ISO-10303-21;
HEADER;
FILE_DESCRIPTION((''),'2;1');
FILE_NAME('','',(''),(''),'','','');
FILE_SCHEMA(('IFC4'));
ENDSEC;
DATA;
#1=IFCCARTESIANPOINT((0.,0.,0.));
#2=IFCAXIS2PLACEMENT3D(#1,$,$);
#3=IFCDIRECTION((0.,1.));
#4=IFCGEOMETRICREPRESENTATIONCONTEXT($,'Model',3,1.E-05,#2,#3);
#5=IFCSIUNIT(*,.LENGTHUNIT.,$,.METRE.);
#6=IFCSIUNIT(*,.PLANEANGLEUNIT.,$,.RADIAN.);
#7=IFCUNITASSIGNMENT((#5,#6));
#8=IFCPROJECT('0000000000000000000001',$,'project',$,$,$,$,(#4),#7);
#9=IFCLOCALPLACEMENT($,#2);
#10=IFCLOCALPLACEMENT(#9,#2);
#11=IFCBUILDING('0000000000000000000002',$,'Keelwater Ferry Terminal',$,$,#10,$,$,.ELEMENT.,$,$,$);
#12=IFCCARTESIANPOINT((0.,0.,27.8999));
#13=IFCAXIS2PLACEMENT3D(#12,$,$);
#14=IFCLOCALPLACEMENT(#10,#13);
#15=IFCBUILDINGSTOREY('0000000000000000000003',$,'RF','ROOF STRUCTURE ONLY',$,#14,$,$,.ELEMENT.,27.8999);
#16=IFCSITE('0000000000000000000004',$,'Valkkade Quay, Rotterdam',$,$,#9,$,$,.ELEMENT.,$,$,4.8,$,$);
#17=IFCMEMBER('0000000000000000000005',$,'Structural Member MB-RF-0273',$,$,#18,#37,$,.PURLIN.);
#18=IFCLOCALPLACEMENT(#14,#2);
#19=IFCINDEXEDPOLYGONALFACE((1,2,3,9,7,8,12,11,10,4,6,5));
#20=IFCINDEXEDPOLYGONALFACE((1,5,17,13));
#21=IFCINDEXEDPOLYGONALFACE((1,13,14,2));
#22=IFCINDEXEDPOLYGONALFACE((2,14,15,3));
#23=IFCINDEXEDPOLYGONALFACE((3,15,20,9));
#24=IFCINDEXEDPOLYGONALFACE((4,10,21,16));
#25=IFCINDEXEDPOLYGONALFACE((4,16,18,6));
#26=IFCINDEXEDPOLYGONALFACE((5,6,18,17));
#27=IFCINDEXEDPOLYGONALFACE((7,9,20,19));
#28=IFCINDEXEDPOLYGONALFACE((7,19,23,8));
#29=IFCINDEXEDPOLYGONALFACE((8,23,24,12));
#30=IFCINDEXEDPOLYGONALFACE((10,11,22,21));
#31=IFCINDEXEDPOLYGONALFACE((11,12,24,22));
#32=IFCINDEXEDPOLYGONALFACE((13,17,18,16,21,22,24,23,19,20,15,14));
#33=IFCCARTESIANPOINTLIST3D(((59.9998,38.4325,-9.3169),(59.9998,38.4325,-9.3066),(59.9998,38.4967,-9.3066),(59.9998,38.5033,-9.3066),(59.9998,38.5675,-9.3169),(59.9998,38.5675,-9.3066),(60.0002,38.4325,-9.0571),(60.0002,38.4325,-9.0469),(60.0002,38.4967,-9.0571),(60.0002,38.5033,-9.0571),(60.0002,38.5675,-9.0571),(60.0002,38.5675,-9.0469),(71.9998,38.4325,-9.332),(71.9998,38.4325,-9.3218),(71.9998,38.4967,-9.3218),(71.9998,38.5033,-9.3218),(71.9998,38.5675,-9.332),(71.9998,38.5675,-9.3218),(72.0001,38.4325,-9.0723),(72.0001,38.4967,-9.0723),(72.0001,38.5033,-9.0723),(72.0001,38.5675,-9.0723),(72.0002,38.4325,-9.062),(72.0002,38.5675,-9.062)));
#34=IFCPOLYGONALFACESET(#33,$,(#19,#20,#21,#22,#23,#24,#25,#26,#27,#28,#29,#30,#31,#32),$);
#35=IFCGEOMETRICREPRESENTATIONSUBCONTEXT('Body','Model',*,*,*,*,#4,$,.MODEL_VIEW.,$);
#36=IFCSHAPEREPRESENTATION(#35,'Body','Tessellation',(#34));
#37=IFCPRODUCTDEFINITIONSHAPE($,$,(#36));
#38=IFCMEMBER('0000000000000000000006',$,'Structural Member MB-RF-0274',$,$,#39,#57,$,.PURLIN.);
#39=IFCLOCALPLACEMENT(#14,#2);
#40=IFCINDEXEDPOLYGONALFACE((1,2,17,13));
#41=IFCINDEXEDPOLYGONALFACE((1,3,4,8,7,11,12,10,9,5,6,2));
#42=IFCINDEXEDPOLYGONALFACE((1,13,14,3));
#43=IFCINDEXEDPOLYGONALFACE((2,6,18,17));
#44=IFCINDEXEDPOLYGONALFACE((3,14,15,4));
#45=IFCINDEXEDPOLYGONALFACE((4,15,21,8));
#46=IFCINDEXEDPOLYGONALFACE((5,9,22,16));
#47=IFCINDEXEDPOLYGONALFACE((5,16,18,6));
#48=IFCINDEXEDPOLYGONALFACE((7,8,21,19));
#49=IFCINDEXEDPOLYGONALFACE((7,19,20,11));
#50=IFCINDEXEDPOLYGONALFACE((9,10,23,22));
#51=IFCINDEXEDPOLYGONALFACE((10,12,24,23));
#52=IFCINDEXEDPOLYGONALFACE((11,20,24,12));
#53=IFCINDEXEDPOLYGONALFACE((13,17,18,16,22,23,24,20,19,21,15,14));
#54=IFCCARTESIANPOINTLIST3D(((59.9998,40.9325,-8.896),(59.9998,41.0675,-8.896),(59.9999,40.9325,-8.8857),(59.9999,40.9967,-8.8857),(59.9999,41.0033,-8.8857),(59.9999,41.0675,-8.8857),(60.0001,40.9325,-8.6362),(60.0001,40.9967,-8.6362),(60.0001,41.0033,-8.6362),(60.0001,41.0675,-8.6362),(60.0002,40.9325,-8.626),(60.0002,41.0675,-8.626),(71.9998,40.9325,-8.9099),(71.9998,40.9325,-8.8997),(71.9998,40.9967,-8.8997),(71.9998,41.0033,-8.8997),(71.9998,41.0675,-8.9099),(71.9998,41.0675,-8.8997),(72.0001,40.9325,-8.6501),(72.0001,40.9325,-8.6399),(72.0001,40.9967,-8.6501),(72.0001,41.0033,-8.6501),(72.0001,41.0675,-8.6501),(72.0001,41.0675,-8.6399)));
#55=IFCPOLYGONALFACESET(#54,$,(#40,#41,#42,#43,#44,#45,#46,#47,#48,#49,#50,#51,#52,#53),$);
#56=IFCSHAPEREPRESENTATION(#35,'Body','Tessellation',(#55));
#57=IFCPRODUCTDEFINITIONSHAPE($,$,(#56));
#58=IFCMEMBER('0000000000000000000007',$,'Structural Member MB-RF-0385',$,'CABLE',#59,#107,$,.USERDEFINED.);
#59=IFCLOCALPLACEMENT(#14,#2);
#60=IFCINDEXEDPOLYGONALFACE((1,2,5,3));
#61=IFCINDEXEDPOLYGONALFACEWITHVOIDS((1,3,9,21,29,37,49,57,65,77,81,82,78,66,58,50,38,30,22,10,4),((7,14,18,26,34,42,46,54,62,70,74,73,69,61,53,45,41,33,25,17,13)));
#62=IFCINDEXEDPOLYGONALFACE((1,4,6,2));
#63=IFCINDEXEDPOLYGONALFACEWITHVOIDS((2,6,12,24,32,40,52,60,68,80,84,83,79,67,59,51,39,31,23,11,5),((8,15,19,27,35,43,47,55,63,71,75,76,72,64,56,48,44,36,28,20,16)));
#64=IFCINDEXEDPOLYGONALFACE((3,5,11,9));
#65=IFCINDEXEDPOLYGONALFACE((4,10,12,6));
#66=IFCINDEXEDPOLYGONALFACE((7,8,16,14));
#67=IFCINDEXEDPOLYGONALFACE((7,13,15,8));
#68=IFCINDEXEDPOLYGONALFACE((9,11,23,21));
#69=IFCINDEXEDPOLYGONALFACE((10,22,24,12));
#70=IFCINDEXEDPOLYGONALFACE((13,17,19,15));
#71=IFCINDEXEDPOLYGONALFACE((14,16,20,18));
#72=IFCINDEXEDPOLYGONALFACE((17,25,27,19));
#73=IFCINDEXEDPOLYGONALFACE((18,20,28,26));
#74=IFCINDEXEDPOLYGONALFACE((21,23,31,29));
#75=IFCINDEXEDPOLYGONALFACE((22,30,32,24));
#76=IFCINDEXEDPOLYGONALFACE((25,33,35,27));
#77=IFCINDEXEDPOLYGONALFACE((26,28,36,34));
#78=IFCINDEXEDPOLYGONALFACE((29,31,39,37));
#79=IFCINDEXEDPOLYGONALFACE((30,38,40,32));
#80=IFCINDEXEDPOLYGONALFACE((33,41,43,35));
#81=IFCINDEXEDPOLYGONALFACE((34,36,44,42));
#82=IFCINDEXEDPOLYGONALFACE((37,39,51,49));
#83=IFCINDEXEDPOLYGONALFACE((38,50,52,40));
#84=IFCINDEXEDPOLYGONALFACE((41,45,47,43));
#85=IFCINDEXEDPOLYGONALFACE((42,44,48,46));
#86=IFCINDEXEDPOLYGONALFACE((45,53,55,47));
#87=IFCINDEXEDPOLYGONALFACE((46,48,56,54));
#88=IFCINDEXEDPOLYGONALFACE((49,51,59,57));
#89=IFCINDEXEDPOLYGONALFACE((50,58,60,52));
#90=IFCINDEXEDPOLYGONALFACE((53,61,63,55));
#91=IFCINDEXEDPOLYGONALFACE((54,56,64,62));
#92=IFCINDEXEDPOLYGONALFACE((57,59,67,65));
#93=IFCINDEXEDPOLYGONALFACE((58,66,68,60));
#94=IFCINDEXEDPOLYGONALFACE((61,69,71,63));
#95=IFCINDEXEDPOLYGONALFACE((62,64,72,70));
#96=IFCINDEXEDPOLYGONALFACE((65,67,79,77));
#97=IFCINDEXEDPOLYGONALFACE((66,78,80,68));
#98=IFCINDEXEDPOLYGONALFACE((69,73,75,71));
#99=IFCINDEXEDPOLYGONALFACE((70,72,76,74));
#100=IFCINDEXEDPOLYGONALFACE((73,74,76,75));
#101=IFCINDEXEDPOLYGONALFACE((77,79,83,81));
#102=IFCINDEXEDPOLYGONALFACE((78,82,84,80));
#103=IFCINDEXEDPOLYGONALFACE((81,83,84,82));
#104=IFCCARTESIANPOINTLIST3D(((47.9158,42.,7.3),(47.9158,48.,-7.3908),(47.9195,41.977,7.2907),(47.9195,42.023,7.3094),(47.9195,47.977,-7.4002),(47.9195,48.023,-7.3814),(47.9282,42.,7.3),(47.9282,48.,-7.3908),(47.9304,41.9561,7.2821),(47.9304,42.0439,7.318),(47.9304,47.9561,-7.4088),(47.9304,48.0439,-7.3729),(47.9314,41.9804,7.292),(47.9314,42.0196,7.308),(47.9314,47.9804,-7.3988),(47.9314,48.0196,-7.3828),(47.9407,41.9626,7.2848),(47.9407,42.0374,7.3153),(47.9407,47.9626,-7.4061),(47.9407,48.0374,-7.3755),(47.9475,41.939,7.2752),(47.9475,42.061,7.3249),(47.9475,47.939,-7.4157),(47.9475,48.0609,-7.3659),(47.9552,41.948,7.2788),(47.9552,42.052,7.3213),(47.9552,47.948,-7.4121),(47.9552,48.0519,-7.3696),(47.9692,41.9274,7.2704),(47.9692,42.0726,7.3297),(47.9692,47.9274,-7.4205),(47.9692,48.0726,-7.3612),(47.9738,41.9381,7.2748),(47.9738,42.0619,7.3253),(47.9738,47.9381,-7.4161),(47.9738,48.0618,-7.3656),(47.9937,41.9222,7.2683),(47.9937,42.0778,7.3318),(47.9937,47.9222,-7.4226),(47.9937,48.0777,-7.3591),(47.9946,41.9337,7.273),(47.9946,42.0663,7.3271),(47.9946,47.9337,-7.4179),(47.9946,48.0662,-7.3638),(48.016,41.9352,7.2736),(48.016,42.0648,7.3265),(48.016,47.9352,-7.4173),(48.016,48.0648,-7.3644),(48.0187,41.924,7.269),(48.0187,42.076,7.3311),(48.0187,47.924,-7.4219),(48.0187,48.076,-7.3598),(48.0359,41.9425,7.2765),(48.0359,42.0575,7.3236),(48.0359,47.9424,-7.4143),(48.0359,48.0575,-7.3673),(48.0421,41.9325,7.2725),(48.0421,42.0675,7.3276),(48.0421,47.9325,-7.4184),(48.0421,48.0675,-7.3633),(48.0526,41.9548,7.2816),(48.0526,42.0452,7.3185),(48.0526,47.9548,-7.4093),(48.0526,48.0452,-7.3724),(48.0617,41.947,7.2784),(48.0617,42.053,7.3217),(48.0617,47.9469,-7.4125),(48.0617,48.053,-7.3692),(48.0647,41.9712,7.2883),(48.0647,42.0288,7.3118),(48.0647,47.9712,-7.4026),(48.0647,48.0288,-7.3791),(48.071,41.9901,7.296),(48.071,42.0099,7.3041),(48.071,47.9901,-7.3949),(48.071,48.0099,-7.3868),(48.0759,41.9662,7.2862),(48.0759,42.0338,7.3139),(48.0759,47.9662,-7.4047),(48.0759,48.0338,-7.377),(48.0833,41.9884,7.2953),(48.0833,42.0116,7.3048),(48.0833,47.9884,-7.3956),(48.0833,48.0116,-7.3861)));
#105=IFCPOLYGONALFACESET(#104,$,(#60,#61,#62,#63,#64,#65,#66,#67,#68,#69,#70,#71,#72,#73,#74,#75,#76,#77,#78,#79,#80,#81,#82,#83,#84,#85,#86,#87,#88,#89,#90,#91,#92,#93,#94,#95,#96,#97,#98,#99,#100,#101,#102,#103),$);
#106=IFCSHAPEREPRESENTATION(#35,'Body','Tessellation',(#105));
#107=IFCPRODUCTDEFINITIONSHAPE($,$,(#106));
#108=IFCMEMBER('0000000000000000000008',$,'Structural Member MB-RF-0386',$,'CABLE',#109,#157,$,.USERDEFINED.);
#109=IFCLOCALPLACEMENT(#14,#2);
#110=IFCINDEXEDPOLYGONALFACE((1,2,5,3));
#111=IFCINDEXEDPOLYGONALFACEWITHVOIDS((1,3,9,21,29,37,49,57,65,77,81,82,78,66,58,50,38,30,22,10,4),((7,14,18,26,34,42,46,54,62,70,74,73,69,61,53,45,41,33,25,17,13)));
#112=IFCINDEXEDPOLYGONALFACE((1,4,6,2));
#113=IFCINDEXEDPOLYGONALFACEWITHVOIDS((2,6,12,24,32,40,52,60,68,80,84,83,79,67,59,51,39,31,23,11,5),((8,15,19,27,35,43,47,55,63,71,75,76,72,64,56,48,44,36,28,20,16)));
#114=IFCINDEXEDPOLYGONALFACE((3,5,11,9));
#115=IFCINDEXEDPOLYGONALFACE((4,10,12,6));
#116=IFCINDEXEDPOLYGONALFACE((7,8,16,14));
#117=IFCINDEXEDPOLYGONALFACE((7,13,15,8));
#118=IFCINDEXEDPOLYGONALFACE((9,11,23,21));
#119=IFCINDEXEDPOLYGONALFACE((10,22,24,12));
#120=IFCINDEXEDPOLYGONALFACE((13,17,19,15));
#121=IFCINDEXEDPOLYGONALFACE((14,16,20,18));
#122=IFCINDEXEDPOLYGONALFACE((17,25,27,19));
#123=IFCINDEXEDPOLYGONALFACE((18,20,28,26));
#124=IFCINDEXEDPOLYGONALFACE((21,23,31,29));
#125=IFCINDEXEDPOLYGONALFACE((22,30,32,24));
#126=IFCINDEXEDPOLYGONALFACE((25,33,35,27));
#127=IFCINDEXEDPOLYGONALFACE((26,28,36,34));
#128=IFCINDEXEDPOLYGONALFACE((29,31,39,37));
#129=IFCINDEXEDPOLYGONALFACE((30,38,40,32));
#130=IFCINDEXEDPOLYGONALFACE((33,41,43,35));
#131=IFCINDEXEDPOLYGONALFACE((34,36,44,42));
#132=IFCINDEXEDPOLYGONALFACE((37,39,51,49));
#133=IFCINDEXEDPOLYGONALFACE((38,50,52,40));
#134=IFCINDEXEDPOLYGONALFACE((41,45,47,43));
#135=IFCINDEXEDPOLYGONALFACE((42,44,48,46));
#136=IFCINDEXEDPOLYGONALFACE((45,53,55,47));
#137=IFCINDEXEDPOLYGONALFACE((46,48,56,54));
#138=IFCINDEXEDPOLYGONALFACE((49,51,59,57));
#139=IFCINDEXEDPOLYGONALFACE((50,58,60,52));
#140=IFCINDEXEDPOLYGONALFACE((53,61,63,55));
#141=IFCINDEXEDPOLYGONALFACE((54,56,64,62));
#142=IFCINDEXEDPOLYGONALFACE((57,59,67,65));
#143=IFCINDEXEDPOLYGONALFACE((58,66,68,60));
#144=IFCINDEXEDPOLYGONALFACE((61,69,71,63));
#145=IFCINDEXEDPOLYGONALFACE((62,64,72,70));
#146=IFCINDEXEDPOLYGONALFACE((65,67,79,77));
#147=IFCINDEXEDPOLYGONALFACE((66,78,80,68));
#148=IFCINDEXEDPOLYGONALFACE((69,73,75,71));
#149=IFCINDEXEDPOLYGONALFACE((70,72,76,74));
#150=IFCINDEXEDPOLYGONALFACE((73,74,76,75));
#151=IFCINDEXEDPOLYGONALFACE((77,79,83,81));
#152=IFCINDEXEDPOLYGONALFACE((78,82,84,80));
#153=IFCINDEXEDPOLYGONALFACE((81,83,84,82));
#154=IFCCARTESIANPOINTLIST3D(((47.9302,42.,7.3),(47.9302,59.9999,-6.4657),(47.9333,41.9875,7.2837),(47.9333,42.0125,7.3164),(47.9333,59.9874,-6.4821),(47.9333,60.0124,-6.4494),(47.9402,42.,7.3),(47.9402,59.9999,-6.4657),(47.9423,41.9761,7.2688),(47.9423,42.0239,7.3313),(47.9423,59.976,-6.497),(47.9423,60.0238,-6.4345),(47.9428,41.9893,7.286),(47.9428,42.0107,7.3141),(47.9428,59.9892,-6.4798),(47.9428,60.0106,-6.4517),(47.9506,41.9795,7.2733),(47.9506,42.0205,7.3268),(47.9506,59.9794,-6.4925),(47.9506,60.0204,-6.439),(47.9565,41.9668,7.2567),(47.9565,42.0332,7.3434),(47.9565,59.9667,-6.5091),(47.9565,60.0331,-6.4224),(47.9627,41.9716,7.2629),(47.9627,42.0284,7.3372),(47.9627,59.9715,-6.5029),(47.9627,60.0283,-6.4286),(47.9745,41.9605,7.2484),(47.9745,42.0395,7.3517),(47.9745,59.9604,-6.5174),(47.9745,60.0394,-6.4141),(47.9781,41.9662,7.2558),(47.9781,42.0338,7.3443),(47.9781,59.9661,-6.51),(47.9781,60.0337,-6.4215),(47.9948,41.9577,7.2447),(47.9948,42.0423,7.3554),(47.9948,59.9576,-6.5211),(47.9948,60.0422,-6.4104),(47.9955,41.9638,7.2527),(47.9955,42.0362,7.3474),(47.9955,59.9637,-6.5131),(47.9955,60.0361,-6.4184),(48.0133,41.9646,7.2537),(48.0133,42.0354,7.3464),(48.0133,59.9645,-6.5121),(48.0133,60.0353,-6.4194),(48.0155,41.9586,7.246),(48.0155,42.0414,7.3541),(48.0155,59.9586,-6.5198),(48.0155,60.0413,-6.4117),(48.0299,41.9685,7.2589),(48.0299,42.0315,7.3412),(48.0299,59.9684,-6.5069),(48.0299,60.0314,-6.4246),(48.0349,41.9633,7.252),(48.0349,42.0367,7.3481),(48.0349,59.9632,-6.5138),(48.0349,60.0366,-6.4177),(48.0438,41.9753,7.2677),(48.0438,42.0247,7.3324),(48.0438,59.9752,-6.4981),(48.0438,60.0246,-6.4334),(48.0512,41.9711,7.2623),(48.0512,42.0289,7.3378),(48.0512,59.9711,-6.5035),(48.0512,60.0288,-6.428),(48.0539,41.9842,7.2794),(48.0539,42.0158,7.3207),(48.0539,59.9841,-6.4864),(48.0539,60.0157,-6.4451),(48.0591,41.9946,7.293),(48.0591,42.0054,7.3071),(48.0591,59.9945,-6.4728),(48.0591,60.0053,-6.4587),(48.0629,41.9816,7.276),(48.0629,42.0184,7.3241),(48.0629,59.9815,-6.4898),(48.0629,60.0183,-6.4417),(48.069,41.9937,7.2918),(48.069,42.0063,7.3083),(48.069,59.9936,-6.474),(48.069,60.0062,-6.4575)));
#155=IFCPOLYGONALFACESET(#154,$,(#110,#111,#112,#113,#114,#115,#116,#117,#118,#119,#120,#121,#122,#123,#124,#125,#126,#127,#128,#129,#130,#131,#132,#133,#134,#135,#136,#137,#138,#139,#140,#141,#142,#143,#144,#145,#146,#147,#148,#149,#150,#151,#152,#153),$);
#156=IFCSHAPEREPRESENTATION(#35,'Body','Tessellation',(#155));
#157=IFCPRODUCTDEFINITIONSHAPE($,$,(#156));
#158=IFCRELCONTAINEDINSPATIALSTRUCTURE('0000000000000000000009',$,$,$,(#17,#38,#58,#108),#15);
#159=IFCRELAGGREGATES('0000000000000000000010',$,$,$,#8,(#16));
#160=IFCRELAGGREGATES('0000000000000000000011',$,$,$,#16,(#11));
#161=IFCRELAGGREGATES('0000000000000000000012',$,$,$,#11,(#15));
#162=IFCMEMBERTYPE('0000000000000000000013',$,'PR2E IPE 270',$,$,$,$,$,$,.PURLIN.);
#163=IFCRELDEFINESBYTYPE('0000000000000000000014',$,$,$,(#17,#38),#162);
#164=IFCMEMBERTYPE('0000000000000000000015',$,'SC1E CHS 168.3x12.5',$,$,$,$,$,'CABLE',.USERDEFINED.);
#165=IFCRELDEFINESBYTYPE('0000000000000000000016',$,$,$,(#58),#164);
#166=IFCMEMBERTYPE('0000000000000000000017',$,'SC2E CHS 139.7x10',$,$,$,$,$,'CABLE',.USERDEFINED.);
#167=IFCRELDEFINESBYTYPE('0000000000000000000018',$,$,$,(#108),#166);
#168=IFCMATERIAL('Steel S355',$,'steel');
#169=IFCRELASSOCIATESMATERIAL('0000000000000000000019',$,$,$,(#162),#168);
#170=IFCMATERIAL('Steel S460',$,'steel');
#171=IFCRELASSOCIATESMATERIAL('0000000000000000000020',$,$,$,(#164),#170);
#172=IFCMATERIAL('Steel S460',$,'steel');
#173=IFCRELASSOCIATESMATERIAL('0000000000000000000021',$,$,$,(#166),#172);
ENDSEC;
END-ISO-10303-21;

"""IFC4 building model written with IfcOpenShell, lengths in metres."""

from ifc_helpers import new_model, si_unit, direction, frame, origin, origin_2d, place, context, subcontext, project, spatial, hollow_circle, i_section, extrude, material, material_profile, profile_set, type_object, element, save


model = new_model("IFC4")

# Units and contexts
model_context = context("Model", 3, precision=1e-05, world=origin(), true_north=direction((0.0, 1.0)))
body_context = subcontext(model_context, "Body", "Model", "MODEL_VIEW")
ifc_project = project(units=[si_unit("LENGTHUNIT", "METRE"), si_unit("PLANEANGLEUNIT", "RADIAN")], contexts=[model_context])

# Site, building, storey
site_placement = place(None, origin())
site = spatial("IfcSite", under=ifc_project, at=site_placement, Name="Valkkade Quay, Rotterdam", CompositionType="ELEMENT", RefElevation=4.8)
building_placement = place(site_placement, origin())
building = spatial("IfcBuilding", under=site, at=building_placement, Name="Keelwater Ferry Terminal", CompositionType="ELEMENT")
storey_placement = place(building_placement, frame((0.0, 0.0, 27.8999)))
storey = spatial("IfcBuildingStorey", under=building, at=storey_placement, Name="RF", Description="ROOF STRUCTURE ONLY", CompositionType="ELEMENT", Elevation=27.8999)

# Members
ifc_material_1 = material(Name="Steel S355", Category="steel")
ifc_material_profile_1 = material_profile(ifc_material_1, i_section(OverallWidth=0.135, OverallDepth=0.27, WebThickness=0.0066, FlangeThickness=0.0103, at=origin_2d()), Name="IPE 270")
ifc_profile_set_1 = profile_set([ifc_material_profile_1], Name="Steel S355")
member_type_1 = type_object("IfcMemberType", Name="PR2E IPE 270", PredefinedType="PURLIN", material=ifc_profile_set_1)
for number, where, z_axis, x_axis, name in (
    (1, (60.0, 38.5, -9.1819), (0.999999, 0.0, -0.001261), (0.0, 1.0, 0.0), "Structural Member MB-RF-0273"),
    (2, (60.0, 41.0, -8.761), (0.999999, 0.0, -0.00116), (0.0, 1.0, 0.0), "Structural Member MB-RF-0274"),
):
    element("IfcMember", number, at=place(storey_placement, frame(where, z_axis=z_axis, x_axis=x_axis)), inside=storey, type_object=member_type_1, Name=name, PredefinedType="PURLIN", context=body_context, shape_type="SweptSolid", body=[
        extrude(i_section(OverallWidth=0.135, OverallDepth=0.27, WebThickness=0.0066, FlangeThickness=0.0103, at=origin_2d()), origin(), (0.0, 0.0, 1.0), 12.0),
    ])
ifc_material_2 = material(Name="Steel S460", Category="steel")
ifc_material_profile_2 = material_profile(ifc_material_2, hollow_circle(Radius=0.0842, WallThickness=0.0125, at=origin_2d()), Name="CHS 168.3x12.5")
ifc_profile_set_2 = profile_set([ifc_material_profile_2], Name="Steel S460")
member_type_2 = type_object("IfcMemberType", Name="SC1E CHS 168.3x12.5", ElementType="CABLE", PredefinedType="USERDEFINED", material=ifc_profile_set_2)
member_1_placement = place(storey_placement, frame((48.0, 42.0, 7.3), z_axis=(0.0, 0.378097, -0.925766), x_axis=(-1.0, 0.0, 0.0)))
element("IfcMember", 3, at=member_1_placement, inside=storey, type_object=member_type_2, Name="Structural Member MB-RF-0385", ObjectType="CABLE", PredefinedType="USERDEFINED", context=body_context, shape_type="SweptSolid", body=[
    extrude(hollow_circle(Radius=0.0842, WallThickness=0.0125, at=origin_2d()), origin(), (0.0, 0.0, 1.0), 15.8689),
])
ifc_material_3 = material(Name="Steel S460", Category="steel")
ifc_material_profile_3 = material_profile(ifc_material_3, hollow_circle(Radius=0.0698, WallThickness=0.01, at=origin_2d()), Name="CHS 139.7x10")
ifc_profile_set_3 = profile_set([ifc_material_profile_3], Name="Steel S460")
member_type_3 = type_object("IfcMemberType", Name="SC2E CHS 139.7x10", ElementType="CABLE", PredefinedType="USERDEFINED", material=ifc_profile_set_3)
member_2_placement = place(storey_placement, frame((48.0, 42.0, 7.3), z_axis=(0.0, 0.794333, -0.607482), x_axis=(-1.0, 0.0, 0.0)))
element("IfcMember", 4, at=member_2_placement, inside=storey, type_object=member_type_3, Name="Structural Member MB-RF-0386", ObjectType="CABLE", PredefinedType="USERDEFINED", context=body_context, shape_type="SweptSolid", body=[
    extrude(hollow_circle(Radius=0.0698, WallThickness=0.01, at=origin_2d()), origin(), (0.0, 0.0, 1.0), 22.6604),
])

save(model, "model.ifc")
